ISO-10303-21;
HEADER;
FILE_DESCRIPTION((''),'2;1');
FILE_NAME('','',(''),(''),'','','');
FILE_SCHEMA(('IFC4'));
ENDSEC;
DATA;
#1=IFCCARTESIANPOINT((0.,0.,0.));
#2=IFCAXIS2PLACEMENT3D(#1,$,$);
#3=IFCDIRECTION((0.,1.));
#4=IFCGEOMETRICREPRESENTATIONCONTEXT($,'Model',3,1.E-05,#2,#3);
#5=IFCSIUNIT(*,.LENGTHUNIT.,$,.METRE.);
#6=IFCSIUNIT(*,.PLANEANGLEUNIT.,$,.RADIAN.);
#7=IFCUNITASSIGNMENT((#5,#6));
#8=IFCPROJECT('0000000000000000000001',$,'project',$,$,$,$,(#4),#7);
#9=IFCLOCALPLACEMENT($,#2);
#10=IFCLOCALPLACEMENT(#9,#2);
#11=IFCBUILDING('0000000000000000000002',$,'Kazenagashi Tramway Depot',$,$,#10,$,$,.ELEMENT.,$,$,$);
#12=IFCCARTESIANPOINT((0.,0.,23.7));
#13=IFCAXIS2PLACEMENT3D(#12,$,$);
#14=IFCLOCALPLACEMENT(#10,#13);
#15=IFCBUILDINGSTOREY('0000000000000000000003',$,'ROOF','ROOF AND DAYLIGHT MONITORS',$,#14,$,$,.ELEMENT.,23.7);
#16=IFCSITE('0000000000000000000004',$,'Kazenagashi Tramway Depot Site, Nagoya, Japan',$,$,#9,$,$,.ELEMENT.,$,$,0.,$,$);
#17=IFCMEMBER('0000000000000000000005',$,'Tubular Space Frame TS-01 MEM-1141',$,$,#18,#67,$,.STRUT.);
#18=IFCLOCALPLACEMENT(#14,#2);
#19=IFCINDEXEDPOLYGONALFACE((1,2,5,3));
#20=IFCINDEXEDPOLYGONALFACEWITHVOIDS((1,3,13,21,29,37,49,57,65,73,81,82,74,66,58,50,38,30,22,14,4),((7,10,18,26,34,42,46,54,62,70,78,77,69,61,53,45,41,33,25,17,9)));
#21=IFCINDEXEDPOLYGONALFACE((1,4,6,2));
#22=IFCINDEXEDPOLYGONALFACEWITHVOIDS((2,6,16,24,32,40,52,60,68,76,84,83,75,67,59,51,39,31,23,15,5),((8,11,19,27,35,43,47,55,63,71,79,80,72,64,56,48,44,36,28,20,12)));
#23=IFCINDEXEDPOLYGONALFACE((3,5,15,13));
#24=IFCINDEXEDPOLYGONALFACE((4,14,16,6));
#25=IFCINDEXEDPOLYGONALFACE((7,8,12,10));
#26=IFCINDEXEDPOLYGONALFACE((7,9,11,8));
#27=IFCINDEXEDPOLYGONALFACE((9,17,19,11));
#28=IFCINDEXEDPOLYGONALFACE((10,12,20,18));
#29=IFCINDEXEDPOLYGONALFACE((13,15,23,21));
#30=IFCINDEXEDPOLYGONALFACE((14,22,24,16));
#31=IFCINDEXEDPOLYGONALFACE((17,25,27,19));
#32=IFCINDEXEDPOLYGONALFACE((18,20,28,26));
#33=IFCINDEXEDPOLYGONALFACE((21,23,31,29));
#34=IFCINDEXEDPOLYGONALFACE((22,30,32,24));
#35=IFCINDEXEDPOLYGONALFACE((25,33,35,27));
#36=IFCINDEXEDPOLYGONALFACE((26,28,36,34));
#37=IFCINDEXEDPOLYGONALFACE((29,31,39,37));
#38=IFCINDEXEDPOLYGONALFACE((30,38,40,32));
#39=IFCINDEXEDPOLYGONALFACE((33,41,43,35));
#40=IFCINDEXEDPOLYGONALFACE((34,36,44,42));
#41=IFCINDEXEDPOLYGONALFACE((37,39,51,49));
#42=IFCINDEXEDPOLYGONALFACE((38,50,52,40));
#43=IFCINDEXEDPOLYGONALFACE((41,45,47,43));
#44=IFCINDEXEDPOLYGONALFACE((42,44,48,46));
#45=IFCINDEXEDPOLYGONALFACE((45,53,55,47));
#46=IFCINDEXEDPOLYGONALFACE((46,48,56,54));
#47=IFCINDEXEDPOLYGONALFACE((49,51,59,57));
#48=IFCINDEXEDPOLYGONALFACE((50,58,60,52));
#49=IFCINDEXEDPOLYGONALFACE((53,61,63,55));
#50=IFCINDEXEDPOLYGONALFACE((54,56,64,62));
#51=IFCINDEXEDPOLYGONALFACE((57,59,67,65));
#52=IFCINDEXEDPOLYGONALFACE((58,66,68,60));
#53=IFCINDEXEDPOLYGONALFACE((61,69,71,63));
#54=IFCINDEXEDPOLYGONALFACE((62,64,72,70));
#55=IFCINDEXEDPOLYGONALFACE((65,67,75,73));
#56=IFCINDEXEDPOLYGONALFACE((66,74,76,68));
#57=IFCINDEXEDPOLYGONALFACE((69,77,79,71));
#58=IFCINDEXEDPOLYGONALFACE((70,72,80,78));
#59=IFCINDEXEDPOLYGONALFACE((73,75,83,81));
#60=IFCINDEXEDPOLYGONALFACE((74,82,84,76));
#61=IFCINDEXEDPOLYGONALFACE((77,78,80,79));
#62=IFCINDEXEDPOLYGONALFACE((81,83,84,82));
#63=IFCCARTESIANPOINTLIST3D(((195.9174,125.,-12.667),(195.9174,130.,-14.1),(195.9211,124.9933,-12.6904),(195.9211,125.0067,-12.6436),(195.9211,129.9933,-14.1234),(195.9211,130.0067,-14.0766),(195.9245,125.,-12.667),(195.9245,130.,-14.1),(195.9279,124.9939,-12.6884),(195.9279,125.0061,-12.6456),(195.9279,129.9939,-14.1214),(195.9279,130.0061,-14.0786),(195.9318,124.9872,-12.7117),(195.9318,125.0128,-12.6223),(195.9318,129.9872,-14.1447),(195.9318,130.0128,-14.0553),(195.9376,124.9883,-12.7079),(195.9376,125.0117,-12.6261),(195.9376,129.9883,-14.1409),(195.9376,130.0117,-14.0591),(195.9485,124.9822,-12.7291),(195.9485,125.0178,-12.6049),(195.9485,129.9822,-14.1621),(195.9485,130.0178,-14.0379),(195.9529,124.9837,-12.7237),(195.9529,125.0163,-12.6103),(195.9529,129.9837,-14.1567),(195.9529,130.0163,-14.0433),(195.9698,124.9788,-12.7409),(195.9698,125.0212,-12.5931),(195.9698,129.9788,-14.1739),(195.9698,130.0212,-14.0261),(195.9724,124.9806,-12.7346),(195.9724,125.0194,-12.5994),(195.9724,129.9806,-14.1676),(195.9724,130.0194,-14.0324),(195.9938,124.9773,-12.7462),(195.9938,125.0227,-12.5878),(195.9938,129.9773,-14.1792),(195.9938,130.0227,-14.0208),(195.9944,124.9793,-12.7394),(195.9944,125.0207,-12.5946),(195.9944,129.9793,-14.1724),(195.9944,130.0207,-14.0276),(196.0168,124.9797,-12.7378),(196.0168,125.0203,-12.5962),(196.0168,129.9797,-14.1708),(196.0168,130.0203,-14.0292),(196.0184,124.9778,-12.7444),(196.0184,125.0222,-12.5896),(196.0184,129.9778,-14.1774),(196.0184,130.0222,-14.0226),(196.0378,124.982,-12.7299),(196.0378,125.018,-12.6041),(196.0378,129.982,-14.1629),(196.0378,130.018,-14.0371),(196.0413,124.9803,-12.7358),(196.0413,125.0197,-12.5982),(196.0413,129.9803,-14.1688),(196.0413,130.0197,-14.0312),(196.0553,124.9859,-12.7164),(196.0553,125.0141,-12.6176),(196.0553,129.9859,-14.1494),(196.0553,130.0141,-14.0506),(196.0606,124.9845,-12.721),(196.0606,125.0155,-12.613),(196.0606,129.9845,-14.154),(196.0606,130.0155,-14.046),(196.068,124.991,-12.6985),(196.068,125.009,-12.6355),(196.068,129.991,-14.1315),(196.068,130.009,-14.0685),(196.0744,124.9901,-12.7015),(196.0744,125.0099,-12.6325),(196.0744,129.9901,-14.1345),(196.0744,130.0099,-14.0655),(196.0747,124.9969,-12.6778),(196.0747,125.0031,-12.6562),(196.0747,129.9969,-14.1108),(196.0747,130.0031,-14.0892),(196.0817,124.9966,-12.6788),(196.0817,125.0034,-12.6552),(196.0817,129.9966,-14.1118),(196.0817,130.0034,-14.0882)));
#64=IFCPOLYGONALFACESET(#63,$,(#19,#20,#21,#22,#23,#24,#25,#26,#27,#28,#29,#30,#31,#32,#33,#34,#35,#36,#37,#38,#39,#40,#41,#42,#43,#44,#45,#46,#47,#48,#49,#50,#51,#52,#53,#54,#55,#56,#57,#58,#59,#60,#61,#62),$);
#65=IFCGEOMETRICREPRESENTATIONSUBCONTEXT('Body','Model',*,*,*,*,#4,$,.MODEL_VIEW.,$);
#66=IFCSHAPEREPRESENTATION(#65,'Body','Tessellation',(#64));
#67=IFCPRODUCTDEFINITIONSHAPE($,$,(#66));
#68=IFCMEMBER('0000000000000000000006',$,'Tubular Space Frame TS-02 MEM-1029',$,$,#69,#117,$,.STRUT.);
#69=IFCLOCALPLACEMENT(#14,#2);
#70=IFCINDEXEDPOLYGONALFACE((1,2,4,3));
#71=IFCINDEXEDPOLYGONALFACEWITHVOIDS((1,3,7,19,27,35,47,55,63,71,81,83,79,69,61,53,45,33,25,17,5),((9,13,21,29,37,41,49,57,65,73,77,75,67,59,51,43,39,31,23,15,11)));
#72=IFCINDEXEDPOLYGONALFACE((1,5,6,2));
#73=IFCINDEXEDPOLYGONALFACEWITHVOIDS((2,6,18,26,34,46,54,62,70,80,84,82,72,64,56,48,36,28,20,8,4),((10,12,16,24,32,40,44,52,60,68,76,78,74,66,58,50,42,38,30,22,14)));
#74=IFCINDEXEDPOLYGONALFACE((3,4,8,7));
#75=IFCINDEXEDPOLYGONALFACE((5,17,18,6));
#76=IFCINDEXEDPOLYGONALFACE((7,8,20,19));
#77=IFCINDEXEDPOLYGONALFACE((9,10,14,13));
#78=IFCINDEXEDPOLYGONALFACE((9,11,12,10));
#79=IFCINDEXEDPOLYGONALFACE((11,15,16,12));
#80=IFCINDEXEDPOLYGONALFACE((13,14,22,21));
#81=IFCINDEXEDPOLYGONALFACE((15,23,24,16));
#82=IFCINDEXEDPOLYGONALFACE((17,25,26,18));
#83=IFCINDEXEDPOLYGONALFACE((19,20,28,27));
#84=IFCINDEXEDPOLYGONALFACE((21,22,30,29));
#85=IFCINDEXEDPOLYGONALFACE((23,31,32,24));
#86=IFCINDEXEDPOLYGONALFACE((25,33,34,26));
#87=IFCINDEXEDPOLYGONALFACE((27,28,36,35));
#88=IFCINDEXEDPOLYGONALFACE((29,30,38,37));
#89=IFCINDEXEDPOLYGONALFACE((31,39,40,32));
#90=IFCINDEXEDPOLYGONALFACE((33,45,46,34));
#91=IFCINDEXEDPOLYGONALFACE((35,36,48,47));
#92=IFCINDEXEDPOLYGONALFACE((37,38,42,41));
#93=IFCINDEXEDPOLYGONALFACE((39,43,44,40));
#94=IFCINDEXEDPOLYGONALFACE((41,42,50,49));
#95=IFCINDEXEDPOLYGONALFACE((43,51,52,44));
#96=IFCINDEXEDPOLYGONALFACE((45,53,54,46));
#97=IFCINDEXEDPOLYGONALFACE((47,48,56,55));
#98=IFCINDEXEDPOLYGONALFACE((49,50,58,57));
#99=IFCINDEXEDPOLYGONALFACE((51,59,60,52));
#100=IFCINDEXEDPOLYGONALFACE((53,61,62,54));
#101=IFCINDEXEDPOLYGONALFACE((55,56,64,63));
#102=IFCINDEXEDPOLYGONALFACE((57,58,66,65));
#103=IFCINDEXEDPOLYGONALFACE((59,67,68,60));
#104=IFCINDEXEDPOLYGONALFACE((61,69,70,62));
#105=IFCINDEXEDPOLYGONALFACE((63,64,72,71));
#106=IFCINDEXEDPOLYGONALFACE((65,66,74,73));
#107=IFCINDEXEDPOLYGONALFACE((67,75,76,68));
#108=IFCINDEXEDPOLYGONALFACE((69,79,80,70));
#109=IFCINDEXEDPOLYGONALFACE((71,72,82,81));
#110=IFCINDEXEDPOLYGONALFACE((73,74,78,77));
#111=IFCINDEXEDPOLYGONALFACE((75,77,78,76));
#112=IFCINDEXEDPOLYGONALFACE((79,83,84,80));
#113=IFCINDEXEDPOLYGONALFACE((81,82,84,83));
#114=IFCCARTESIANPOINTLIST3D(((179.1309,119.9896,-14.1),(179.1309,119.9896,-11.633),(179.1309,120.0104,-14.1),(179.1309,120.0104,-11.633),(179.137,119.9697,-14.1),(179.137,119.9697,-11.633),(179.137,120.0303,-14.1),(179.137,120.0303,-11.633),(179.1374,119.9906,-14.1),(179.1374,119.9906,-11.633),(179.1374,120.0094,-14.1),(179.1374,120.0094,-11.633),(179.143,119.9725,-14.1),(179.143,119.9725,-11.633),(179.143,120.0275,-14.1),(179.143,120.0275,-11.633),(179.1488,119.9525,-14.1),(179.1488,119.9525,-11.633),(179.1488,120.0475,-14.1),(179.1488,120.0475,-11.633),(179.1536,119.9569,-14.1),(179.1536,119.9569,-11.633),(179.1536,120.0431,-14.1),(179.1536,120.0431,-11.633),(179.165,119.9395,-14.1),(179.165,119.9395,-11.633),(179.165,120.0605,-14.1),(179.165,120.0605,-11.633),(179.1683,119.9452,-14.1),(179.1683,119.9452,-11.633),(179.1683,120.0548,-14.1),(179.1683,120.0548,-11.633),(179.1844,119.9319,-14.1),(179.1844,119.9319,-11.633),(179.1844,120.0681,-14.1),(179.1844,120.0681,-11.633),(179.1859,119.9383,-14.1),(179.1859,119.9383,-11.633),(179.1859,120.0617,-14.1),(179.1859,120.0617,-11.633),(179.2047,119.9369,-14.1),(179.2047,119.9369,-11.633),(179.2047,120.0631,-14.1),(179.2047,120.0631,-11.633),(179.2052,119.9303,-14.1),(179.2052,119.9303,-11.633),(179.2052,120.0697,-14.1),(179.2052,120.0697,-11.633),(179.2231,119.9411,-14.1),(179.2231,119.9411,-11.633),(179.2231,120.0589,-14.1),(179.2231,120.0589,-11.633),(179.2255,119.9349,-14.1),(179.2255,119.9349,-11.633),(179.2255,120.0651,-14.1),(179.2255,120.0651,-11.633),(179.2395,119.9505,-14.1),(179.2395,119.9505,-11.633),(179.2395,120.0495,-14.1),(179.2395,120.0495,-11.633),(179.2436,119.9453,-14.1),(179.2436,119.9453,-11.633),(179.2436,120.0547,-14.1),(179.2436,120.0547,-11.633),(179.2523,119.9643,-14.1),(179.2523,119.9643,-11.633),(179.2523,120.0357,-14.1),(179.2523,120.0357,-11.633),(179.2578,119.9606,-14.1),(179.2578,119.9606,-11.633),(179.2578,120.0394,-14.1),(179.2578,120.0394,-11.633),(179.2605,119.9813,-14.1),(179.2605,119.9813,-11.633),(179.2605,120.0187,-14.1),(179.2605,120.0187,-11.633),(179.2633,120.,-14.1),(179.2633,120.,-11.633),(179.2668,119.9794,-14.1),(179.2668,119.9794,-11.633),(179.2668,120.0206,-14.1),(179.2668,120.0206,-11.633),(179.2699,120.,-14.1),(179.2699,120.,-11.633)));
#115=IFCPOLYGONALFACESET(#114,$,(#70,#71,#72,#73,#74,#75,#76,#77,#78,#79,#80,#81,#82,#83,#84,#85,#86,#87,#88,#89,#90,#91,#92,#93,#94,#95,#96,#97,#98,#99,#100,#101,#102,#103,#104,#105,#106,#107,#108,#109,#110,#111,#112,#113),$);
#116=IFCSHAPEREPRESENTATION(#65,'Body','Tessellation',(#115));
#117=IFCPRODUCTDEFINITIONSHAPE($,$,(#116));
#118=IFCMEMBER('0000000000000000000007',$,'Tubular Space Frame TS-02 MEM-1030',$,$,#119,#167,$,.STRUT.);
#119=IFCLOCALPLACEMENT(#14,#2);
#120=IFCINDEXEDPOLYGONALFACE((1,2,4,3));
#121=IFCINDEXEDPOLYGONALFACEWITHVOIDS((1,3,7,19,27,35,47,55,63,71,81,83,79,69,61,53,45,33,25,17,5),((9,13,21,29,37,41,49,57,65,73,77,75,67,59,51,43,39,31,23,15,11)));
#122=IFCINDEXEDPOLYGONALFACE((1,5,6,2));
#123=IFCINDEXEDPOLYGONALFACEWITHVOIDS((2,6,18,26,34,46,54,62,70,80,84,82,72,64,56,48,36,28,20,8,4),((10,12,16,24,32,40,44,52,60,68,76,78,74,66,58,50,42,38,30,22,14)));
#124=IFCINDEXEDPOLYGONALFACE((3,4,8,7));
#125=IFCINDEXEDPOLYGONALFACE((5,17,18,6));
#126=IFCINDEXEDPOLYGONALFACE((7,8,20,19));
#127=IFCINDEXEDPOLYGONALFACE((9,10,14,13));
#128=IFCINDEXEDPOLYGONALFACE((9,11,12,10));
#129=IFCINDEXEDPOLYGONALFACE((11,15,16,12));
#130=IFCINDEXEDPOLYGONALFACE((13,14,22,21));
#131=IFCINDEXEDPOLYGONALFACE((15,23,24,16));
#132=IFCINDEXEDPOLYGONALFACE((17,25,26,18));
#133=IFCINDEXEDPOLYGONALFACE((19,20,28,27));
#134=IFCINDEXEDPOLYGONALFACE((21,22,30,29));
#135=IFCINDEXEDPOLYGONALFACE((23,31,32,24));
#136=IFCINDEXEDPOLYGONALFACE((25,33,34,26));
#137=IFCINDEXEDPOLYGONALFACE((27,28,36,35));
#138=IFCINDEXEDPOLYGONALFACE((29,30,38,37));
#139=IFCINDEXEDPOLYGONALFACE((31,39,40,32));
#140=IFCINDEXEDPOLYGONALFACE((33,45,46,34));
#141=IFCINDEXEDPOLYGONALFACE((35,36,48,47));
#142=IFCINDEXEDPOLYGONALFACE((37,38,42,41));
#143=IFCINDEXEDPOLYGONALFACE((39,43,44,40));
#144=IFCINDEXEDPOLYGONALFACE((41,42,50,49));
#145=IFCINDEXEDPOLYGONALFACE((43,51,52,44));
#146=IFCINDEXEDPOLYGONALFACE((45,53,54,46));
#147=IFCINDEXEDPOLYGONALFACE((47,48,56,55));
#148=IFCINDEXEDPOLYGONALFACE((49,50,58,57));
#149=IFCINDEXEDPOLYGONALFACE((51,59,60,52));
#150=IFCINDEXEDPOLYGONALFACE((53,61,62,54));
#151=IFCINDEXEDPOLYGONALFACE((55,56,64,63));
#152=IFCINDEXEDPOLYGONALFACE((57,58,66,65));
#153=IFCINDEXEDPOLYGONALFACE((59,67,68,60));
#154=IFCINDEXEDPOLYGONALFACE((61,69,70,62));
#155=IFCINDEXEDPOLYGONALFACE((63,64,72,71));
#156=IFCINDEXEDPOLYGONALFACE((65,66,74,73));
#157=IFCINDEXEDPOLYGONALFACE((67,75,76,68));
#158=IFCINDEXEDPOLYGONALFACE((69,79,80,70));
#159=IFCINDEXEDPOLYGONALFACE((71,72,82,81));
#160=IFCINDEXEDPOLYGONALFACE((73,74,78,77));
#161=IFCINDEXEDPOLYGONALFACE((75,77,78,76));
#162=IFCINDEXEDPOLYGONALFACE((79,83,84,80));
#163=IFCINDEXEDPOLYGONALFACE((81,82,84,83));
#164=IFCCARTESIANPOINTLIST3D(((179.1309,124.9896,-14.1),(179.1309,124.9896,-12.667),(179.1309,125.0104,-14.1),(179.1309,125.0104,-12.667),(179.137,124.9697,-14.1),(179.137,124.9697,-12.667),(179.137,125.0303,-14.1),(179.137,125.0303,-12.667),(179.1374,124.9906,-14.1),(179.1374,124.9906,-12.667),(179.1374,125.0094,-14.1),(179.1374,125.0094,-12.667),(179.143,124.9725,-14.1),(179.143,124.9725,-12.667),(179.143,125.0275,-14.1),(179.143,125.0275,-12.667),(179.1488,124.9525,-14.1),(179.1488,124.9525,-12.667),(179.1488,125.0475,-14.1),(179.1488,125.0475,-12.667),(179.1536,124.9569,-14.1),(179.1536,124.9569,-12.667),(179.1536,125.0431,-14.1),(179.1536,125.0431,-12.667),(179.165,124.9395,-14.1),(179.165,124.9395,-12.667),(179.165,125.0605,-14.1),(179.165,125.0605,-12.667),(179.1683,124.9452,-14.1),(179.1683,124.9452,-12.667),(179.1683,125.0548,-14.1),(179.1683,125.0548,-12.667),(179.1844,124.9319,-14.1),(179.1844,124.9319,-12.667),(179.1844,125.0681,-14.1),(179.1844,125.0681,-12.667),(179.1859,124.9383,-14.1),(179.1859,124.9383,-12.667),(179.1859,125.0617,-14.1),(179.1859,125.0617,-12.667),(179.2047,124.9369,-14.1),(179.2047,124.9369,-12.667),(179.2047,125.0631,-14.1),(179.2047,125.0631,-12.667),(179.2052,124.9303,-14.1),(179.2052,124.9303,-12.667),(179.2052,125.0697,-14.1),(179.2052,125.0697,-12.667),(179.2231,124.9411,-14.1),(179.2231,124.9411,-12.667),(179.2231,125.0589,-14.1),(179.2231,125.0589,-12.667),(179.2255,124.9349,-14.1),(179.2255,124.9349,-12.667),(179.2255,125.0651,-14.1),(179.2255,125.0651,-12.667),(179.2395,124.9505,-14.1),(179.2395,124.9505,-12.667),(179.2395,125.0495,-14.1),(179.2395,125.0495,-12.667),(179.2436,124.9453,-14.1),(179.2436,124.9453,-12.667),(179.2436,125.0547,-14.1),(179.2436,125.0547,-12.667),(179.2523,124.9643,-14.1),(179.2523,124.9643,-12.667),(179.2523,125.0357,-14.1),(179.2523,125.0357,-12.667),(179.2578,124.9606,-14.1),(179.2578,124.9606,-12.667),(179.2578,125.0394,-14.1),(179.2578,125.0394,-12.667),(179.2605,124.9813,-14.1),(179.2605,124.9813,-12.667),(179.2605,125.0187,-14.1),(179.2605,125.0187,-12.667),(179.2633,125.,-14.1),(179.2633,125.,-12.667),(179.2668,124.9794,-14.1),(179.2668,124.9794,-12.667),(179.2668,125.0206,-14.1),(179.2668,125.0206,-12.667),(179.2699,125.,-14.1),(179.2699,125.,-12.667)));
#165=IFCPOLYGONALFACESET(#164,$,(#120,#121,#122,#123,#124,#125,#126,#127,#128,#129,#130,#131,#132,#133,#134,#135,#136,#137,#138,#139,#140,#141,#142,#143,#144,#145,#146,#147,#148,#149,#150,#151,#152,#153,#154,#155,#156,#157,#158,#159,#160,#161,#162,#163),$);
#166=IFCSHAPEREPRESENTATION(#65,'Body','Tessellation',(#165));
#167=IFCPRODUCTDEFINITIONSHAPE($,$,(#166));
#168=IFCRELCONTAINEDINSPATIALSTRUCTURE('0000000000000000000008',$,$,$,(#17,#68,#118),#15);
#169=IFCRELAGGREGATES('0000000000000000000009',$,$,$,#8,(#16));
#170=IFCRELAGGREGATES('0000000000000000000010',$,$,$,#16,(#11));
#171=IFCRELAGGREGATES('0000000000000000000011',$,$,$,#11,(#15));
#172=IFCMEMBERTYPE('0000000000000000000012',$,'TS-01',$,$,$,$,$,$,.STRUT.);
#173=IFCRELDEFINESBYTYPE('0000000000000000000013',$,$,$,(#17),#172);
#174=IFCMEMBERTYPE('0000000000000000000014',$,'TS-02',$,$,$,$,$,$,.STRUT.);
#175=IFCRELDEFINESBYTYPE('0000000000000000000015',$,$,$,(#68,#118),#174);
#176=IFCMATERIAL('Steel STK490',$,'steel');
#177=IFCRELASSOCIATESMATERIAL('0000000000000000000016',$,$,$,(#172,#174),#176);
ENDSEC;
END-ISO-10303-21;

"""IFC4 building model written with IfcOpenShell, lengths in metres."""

from ifc_helpers import new_model, si_unit, direction, frame, origin, origin_2d, place, context, subcontext, project, spatial, hollow_circle, extrude, material, material_profile, profile_set, type_object, element, save


model = new_model("IFC4")

# Units and contexts
model_context = context("Model", 3, precision=1e-05, world=origin(), true_north=direction((0.0, 1.0)))
body_context = subcontext(model_context, "Body", "Model", "MODEL_VIEW")
ifc_project = project(units=[si_unit("LENGTHUNIT", "METRE"), si_unit("PLANEANGLEUNIT", "RADIAN")], contexts=[model_context])

# Site, building, storey
site_placement = place(None, origin())
site = spatial("IfcSite", under=ifc_project, at=site_placement, Name="Kazenagashi Tramway Depot Site, Nagoya, Japan", CompositionType="ELEMENT", RefElevation=0.0)
building_placement = place(site_placement, origin())
building = spatial("IfcBuilding", under=site, at=building_placement, Name="Kazenagashi Tramway Depot", CompositionType="ELEMENT")
storey_placement = place(building_placement, frame((0.0, 0.0, 23.7)))
storey = spatial("IfcBuildingStorey", under=building, at=storey_placement, Name="ROOF", Description="ROOF AND DAYLIGHT MONITORS", CompositionType="ELEMENT", Elevation=23.7)

# Members
ifc_material_1 = material(Name="Steel STK490", Category="steel")
ifc_material_profile_1 = material_profile(ifc_material_1, hollow_circle(Radius=0.0826, WallThickness=0.0071, at=origin_2d()), Name="CHS-165.2x7.1")
ifc_profile_set_1 = profile_set([ifc_material_profile_1], Name="Steel STK490")
member_type_1 = type_object("IfcMemberType", Name="TS-01", PredefinedType="STRUT", material=ifc_profile_set_1)
member_1_placement = place(storey_placement, frame((196.0, 125.0, -12.667), z_axis=(0.0, 0.961299, -0.275508), x_axis=(-1.0, 0.0, 0.0)))
element("IfcMember", 1, at=member_1_placement, inside=storey, type_object=member_type_1, Name="Tubular Space Frame TS-01 MEM-1141", PredefinedType="STRUT", context=body_context, shape_type="SweptSolid", body=[
    extrude(hollow_circle(Radius=0.0826, WallThickness=0.0071, at=origin_2d()), origin(), (0.0, 0.0, 1.0), 5.2013),
])
ifc_material_profile_2 = material_profile(ifc_material_1, hollow_circle(Radius=0.0699, WallThickness=0.0066, at=origin_2d()), Name="CHS-139.8x6.6")
ifc_profile_set_2 = profile_set([ifc_material_profile_2], Name="Steel STK490")
member_type_2 = type_object("IfcMemberType", Name="TS-02", PredefinedType="STRUT", material=ifc_profile_set_2)
member_2_placement = place(storey_placement, frame((179.2, 120.0, -14.1), z_axis=(0.0, 0.0, 1.0), x_axis=(1.0, 0.0, 0.0)))
element("IfcMember", 2, at=member_2_placement, inside=storey, type_object=member_type_2, Name="Tubular Space Frame TS-02 MEM-1029", PredefinedType="STRUT", context=body_context, shape_type="SweptSolid", body=[
    extrude(hollow_circle(Radius=0.0699, WallThickness=0.0066, at=origin_2d()), origin(), (0.0, 0.0, 1.0), 2.467),
])
member_3_placement = place(storey_placement, frame((179.2, 125.0, -14.1), z_axis=(0.0, 0.0, 1.0), x_axis=(1.0, 0.0, 0.0)))
element("IfcMember", 3, at=member_3_placement, inside=storey, type_object=member_type_2, Name="Tubular Space Frame TS-02 MEM-1030", PredefinedType="STRUT", context=body_context, shape_type="SweptSolid", body=[
    extrude(hollow_circle(Radius=0.0699, WallThickness=0.0066, at=origin_2d()), origin(), (0.0, 0.0, 1.0), 1.433),
])

save(model, "model.ifc")
